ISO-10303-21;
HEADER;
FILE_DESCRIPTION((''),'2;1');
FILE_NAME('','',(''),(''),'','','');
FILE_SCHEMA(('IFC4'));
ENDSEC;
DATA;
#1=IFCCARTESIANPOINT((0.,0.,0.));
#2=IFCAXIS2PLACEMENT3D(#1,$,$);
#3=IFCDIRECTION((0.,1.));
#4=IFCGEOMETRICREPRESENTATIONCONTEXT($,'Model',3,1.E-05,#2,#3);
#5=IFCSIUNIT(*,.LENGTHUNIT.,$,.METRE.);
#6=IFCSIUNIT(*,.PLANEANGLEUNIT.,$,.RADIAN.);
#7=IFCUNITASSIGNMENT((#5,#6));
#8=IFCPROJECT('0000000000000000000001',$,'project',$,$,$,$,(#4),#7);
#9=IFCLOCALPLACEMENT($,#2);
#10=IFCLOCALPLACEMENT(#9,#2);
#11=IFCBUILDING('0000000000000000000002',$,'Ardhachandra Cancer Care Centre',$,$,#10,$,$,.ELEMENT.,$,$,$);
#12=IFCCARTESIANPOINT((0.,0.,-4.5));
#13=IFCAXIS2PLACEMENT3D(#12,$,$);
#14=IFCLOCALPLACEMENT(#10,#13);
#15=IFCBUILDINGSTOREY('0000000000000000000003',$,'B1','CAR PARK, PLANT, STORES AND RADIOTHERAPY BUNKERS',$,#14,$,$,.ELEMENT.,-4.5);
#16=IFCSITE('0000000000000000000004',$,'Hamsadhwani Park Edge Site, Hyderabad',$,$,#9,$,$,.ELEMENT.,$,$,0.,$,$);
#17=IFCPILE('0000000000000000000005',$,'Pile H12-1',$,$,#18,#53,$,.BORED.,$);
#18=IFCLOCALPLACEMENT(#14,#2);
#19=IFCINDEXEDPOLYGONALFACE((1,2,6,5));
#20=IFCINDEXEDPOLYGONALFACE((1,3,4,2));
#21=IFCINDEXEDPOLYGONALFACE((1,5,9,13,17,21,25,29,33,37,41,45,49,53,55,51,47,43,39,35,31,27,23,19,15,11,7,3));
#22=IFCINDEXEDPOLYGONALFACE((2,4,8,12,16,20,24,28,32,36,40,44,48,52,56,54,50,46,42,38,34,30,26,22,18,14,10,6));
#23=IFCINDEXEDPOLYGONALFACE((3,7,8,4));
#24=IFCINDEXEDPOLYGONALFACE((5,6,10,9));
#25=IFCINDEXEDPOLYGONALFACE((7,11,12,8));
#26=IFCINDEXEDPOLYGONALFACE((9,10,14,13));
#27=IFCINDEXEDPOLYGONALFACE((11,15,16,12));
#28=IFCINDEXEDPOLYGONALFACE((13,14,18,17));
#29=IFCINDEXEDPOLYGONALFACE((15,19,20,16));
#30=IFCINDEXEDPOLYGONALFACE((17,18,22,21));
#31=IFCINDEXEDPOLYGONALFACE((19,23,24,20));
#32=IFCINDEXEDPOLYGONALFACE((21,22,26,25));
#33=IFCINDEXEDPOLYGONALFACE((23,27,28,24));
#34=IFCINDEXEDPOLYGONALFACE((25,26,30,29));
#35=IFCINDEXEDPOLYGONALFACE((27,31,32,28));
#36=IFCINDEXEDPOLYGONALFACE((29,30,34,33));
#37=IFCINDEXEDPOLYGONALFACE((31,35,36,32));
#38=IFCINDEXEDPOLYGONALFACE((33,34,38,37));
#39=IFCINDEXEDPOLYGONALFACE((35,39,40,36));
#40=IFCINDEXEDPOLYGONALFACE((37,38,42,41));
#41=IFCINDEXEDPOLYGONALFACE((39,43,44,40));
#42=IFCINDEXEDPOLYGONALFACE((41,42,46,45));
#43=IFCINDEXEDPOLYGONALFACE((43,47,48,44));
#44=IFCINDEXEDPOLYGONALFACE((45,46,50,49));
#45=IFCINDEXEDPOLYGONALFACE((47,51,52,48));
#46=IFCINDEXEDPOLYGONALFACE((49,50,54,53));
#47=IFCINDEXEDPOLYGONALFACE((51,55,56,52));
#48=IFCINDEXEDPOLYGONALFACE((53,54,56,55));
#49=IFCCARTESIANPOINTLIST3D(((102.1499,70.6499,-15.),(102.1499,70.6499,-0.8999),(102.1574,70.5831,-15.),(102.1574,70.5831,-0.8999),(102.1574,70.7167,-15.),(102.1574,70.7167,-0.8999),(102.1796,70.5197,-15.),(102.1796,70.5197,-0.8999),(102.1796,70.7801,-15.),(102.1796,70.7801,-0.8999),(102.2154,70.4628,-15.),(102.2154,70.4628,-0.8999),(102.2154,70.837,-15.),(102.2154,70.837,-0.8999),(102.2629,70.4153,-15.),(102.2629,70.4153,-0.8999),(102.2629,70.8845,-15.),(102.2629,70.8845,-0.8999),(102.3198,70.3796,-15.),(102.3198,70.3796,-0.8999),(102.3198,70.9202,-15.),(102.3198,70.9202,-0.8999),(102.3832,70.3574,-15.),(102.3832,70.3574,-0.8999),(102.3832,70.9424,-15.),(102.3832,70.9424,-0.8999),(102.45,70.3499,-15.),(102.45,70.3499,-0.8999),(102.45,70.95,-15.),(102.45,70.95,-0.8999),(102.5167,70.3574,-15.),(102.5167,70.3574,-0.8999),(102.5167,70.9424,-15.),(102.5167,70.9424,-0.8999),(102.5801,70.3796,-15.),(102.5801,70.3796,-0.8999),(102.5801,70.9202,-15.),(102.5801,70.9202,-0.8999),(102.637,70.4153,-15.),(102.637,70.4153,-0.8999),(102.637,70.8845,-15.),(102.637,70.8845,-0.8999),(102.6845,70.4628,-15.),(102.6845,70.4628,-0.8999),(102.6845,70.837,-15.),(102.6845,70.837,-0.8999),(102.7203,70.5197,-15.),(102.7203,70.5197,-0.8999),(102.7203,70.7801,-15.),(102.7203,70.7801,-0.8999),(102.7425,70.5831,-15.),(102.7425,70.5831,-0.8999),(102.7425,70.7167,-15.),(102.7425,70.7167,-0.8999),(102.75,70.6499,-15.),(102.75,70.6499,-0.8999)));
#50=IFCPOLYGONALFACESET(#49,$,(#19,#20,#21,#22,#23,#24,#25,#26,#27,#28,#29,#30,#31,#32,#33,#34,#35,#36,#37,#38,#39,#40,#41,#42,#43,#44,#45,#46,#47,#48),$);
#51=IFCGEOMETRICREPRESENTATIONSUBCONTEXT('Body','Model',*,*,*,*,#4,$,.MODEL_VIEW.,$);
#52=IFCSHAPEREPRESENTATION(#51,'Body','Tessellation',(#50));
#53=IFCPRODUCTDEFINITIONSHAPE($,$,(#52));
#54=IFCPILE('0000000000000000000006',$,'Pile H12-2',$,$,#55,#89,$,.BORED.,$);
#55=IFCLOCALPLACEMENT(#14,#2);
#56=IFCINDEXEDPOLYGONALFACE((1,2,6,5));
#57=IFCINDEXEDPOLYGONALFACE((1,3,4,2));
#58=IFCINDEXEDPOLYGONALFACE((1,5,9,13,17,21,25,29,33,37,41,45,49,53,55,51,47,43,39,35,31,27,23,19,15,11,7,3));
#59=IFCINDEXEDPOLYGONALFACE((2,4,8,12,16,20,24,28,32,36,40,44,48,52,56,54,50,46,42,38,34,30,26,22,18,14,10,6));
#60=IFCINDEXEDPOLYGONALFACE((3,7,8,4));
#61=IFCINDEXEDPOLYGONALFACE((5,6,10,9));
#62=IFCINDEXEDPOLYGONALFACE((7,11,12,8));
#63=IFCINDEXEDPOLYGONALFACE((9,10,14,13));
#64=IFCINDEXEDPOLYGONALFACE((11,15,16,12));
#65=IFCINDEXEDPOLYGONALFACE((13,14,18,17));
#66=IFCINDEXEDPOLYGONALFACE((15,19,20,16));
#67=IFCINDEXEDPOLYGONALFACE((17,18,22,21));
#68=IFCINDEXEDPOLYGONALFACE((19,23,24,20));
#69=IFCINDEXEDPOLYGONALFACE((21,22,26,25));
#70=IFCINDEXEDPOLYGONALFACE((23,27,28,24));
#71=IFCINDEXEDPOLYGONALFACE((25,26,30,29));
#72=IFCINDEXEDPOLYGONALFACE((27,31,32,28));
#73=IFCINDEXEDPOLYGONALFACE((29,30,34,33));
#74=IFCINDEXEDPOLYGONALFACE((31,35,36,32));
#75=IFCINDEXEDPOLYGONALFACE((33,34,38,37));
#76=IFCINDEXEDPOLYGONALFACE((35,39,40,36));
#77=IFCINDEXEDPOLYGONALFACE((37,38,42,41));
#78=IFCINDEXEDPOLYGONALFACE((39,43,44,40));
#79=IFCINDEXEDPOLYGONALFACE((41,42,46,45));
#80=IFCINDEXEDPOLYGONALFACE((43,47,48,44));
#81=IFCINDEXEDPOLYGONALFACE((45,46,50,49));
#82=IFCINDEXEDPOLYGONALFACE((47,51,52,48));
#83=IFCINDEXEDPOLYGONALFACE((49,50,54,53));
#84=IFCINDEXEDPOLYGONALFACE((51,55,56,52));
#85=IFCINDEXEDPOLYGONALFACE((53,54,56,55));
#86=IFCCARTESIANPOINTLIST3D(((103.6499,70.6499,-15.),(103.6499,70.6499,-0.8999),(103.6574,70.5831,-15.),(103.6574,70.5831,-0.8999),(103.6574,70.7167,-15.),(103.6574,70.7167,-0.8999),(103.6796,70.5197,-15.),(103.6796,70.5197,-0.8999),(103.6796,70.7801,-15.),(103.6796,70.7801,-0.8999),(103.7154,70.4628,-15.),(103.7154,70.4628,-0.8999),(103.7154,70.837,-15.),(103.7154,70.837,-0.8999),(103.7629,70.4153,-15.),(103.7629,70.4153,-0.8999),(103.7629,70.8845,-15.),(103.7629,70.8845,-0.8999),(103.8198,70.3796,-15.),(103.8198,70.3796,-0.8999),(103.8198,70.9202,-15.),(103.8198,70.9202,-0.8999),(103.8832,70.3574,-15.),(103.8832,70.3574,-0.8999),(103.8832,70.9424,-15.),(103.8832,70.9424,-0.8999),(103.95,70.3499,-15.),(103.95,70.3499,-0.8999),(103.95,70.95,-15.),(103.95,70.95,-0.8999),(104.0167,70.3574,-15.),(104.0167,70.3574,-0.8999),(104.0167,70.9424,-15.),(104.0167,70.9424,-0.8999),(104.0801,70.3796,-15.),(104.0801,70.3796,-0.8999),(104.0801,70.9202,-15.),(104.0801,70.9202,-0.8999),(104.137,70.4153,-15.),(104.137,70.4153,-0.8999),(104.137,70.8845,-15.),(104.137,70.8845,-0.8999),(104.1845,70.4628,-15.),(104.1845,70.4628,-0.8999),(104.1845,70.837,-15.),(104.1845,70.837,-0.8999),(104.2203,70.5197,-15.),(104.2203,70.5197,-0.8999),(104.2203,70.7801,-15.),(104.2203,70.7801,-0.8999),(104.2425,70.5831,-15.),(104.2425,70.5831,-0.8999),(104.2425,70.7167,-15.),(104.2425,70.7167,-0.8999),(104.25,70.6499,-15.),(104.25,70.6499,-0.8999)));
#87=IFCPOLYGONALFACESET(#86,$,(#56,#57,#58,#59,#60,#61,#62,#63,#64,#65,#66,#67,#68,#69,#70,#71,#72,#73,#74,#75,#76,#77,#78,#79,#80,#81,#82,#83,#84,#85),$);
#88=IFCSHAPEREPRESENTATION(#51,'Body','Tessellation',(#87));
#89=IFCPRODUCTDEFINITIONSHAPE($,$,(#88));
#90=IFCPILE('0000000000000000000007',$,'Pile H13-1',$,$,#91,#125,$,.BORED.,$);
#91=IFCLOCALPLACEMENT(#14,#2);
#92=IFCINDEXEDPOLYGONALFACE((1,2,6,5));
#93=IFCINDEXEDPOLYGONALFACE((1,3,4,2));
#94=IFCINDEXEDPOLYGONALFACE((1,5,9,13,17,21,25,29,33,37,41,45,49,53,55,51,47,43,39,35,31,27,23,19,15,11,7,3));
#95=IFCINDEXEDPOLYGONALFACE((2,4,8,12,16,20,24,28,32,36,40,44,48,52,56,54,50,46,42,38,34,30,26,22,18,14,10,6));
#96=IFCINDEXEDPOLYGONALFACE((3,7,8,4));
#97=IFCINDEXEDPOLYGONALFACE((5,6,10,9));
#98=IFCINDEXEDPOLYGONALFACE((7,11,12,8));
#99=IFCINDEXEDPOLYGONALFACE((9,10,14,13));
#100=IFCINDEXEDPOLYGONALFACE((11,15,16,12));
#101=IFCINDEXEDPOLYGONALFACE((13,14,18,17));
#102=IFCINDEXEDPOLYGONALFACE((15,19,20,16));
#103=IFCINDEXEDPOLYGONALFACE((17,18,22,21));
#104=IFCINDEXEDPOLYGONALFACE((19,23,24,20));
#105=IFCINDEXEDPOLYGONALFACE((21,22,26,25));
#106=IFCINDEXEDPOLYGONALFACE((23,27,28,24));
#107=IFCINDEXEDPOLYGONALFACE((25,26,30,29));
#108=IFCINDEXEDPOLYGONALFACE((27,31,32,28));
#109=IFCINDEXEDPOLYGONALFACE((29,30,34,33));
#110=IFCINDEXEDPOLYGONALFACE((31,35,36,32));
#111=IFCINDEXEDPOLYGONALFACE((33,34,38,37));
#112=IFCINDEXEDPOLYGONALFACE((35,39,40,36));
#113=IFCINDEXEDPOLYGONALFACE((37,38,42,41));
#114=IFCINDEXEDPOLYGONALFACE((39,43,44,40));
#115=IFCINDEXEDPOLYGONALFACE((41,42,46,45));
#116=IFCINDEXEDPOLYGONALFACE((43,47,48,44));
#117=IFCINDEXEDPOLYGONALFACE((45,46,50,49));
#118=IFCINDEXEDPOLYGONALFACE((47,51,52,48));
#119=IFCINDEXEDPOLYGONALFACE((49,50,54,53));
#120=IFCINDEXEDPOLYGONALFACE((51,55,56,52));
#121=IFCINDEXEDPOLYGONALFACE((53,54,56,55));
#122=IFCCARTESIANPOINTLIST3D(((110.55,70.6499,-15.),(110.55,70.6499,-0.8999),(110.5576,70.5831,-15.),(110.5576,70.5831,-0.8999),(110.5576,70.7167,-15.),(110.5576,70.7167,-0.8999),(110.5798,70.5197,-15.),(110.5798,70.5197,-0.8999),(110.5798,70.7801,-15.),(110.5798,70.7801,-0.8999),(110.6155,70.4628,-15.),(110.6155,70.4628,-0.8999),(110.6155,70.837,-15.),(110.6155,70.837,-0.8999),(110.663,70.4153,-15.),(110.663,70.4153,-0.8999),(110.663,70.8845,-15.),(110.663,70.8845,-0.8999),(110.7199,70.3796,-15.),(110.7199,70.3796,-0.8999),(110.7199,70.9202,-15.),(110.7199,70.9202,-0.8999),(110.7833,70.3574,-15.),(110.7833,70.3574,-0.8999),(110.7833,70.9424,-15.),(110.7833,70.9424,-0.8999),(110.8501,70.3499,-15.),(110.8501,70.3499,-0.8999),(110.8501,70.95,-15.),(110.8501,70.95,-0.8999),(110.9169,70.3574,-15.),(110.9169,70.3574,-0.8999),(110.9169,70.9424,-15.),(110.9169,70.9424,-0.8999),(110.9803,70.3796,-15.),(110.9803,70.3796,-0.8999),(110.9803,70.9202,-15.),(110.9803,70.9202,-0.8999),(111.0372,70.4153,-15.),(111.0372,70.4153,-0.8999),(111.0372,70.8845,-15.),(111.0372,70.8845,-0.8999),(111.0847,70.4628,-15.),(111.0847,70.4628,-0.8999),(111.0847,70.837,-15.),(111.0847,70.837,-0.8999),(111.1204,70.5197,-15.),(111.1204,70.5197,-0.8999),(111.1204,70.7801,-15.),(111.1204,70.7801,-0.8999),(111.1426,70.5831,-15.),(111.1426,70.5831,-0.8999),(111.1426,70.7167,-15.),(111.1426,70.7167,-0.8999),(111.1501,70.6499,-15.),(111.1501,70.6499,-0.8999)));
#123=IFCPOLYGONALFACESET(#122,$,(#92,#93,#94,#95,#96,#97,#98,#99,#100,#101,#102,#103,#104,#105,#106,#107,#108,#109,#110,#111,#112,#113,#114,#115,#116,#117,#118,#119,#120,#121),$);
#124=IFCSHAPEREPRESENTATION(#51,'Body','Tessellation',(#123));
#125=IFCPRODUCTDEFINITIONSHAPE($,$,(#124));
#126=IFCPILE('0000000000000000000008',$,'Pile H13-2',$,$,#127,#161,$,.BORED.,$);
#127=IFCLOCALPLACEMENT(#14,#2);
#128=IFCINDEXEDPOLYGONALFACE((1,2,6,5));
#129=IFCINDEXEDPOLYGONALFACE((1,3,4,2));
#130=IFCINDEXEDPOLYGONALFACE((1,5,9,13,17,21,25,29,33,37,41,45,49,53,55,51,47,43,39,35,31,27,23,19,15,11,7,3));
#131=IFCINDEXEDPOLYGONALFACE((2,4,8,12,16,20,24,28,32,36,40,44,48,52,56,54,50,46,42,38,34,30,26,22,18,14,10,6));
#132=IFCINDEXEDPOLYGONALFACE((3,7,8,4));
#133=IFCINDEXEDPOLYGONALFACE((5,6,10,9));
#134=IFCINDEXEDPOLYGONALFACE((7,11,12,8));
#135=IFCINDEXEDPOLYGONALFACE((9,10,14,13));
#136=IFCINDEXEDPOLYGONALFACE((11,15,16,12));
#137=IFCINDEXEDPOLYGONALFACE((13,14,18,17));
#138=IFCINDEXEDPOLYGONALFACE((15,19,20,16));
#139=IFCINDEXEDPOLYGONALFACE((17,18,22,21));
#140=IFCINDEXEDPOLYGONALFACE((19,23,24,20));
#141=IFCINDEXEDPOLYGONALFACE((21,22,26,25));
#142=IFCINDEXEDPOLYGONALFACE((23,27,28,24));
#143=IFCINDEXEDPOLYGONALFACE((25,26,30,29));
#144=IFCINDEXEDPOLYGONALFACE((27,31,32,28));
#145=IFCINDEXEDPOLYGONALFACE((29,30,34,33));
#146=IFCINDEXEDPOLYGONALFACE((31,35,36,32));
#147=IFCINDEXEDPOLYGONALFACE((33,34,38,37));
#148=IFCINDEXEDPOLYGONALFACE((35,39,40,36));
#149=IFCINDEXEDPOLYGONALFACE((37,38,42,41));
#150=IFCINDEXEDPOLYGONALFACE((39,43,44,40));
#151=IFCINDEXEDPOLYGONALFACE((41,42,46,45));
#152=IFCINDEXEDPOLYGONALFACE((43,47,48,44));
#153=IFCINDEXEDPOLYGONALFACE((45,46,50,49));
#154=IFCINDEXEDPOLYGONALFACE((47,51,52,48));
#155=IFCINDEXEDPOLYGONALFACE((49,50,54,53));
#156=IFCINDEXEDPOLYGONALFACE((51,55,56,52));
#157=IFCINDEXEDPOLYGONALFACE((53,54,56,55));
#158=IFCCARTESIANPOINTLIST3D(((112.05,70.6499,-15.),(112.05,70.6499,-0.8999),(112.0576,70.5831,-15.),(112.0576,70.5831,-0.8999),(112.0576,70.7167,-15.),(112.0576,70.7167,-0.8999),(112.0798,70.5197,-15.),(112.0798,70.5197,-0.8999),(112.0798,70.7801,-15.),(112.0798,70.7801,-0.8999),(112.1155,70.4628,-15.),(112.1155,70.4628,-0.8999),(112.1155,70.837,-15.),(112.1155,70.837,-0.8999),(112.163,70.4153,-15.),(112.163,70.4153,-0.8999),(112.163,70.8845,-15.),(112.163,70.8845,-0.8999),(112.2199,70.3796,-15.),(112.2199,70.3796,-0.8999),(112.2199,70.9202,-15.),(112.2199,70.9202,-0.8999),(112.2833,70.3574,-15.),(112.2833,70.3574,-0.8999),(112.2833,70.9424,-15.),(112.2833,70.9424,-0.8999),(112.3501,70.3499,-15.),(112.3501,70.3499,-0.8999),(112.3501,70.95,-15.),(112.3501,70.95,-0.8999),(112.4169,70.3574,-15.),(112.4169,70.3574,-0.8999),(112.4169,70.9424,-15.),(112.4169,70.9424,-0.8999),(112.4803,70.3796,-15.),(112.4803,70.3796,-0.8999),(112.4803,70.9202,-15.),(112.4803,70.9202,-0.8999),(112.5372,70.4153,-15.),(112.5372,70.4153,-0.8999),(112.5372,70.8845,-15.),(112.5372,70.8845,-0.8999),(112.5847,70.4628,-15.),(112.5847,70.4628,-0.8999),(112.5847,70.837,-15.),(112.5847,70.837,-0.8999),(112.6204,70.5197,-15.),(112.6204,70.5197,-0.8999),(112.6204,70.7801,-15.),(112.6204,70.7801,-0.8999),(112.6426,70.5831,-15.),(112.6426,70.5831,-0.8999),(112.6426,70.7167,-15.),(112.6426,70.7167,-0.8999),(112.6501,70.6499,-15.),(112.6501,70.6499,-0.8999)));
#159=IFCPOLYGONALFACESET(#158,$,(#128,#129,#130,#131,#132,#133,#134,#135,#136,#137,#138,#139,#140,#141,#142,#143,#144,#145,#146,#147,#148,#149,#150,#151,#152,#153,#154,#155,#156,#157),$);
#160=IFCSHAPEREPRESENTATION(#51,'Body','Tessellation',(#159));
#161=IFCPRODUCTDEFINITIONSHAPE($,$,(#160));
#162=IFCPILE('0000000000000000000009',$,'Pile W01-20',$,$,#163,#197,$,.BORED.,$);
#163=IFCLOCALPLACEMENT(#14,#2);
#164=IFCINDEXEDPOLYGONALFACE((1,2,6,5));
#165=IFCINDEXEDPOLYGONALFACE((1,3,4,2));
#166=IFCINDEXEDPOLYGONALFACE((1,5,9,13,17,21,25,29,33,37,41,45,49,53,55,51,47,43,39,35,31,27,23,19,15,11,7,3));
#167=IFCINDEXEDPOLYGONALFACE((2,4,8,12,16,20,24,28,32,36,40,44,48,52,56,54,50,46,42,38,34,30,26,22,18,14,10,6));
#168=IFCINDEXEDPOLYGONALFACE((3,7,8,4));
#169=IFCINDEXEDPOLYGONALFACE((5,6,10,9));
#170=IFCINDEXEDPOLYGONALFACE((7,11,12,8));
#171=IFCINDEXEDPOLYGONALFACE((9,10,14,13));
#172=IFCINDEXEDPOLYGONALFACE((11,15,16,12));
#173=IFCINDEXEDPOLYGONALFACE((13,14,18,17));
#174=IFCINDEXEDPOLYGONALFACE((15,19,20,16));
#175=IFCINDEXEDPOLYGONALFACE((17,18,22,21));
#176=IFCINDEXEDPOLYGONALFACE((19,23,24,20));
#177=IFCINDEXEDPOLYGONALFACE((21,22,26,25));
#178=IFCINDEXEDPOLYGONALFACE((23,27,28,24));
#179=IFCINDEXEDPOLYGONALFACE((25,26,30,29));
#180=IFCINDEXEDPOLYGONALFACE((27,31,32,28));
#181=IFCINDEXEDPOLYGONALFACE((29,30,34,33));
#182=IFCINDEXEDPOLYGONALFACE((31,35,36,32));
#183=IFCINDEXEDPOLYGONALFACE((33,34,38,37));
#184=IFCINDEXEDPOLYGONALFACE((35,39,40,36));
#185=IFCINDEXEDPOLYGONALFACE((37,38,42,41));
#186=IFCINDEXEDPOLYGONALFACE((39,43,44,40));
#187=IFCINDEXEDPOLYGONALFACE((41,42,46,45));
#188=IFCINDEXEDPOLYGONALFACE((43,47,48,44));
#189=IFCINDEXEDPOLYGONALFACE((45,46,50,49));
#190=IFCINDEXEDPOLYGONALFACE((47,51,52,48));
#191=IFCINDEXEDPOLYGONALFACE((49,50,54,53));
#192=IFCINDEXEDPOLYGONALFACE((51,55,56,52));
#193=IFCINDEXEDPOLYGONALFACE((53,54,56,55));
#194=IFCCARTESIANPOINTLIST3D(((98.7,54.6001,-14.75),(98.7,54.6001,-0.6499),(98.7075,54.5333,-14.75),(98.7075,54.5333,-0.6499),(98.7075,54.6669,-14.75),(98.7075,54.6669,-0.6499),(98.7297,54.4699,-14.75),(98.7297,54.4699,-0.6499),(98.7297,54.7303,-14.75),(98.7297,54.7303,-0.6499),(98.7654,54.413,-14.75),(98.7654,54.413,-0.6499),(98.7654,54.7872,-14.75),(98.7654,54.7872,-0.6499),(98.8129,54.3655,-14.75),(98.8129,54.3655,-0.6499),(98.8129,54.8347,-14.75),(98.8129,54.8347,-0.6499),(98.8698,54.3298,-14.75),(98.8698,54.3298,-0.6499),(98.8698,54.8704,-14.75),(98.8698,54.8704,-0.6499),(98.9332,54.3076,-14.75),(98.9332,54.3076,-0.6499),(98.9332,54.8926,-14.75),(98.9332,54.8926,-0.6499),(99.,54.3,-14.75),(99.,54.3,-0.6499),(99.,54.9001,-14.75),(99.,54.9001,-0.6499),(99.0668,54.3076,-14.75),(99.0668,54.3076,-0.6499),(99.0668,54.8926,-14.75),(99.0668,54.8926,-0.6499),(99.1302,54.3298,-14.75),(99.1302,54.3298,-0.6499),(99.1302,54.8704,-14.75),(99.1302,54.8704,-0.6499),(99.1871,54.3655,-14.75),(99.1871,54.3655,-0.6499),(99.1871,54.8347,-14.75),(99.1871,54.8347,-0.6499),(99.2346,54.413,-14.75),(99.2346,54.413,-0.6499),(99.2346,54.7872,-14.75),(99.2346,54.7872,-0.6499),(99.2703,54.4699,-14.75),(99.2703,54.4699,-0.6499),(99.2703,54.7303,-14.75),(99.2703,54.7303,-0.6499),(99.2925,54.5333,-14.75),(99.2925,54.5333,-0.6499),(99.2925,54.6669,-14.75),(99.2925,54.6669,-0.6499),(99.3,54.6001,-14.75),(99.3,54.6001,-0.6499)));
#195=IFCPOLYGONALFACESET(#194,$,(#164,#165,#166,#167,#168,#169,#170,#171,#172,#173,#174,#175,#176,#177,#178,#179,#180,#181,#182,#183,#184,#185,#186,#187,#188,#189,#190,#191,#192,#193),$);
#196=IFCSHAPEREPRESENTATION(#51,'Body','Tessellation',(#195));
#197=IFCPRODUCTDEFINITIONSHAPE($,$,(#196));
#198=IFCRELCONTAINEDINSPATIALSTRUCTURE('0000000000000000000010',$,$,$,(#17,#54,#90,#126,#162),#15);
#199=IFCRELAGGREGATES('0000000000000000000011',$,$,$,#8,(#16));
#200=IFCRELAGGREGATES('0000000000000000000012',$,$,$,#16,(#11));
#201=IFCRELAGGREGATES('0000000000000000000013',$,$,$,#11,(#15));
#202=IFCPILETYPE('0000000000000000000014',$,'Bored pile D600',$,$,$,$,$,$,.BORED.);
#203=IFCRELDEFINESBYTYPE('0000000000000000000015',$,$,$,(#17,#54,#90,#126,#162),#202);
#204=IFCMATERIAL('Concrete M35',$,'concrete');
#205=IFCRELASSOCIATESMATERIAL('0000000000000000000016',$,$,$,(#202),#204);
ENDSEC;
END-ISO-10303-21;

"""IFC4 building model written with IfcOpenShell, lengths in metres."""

from ifc_helpers import new_model, si_unit, direction, frame, origin, origin_2d, place, context, subcontext, project, spatial, circle, extrude, material, material_profile, profile_set, type_object, element, save


model = new_model("IFC4")

# Units and contexts
model_context = context("Model", 3, precision=1e-05, world=origin(), true_north=direction((0.0, 1.0)))
body_context = subcontext(model_context, "Body", "Model", "MODEL_VIEW")
ifc_project = project(units=[si_unit("LENGTHUNIT", "METRE"), si_unit("PLANEANGLEUNIT", "RADIAN")], contexts=[model_context])

# Site, building, storey
site_placement = place(None, origin())
site = spatial("IfcSite", under=ifc_project, at=site_placement, Name="Hamsadhwani Park Edge Site, Hyderabad", CompositionType="ELEMENT", RefElevation=0.0)
building_placement = place(site_placement, origin())
building = spatial("IfcBuilding", under=site, at=building_placement, Name="Ardhachandra Cancer Care Centre", CompositionType="ELEMENT")
storey_placement = place(building_placement, frame((0.0, 0.0, -4.5)))
storey = spatial("IfcBuildingStorey", under=building, at=storey_placement, Name="B1", Description="CAR PARK, PLANT, STORES AND RADIOTHERAPY BUNKERS", CompositionType="ELEMENT", Elevation=-4.5)

# Piles
ifc_material_1 = material(Name="Concrete M35", Category="concrete")
ifc_material_profile_1 = material_profile(ifc_material_1, circle(Radius=0.3, at=origin_2d()), Name="D600")
ifc_profile_set_1 = profile_set([ifc_material_profile_1], Name="Concrete M35")
pile_type = type_object("IfcPileType", Name="Bored pile D600", PredefinedType="BORED", material=ifc_profile_set_1)
for number, where, z_axis, x_axis, name in (
    (1, (102.45, 70.6499, -0.8999), (0.0, 0.0, -1.0), (1.0, 0.0, 0.0), "Pile H12-1"),
    (2, (103.95, 70.6499, -0.8999), (0.0, 0.0, -1.0), (1.0, 0.0, 0.0), "Pile H12-2"),
    (3, (110.8501, 70.6499, -0.8999), (0.0, 0.0, -1.0), (1.0, 0.0, 0.0), "Pile H13-1"),
    (4, (112.3501, 70.6499, -0.8999), (0.0, 0.0, -1.0), (1.0, 0.0, 0.0), "Pile H13-2"),
    (5, (99.0, 54.6001, -0.6499), (0.0, 0.0, -1.0), (1.0, 0.0, 0.0), "Pile W01-20"),
):
    element("IfcPile", number, at=place(storey_placement, frame(where, z_axis=z_axis, x_axis=x_axis)), inside=storey, type_object=pile_type, Name=name, PredefinedType="BORED", context=body_context, shape_type="SweptSolid", body=[
        extrude(circle(Radius=0.3, at=origin_2d()), origin(), (0.0, 0.0, 1.0), 14.1001),
    ])

save(model, "model.ifc")
